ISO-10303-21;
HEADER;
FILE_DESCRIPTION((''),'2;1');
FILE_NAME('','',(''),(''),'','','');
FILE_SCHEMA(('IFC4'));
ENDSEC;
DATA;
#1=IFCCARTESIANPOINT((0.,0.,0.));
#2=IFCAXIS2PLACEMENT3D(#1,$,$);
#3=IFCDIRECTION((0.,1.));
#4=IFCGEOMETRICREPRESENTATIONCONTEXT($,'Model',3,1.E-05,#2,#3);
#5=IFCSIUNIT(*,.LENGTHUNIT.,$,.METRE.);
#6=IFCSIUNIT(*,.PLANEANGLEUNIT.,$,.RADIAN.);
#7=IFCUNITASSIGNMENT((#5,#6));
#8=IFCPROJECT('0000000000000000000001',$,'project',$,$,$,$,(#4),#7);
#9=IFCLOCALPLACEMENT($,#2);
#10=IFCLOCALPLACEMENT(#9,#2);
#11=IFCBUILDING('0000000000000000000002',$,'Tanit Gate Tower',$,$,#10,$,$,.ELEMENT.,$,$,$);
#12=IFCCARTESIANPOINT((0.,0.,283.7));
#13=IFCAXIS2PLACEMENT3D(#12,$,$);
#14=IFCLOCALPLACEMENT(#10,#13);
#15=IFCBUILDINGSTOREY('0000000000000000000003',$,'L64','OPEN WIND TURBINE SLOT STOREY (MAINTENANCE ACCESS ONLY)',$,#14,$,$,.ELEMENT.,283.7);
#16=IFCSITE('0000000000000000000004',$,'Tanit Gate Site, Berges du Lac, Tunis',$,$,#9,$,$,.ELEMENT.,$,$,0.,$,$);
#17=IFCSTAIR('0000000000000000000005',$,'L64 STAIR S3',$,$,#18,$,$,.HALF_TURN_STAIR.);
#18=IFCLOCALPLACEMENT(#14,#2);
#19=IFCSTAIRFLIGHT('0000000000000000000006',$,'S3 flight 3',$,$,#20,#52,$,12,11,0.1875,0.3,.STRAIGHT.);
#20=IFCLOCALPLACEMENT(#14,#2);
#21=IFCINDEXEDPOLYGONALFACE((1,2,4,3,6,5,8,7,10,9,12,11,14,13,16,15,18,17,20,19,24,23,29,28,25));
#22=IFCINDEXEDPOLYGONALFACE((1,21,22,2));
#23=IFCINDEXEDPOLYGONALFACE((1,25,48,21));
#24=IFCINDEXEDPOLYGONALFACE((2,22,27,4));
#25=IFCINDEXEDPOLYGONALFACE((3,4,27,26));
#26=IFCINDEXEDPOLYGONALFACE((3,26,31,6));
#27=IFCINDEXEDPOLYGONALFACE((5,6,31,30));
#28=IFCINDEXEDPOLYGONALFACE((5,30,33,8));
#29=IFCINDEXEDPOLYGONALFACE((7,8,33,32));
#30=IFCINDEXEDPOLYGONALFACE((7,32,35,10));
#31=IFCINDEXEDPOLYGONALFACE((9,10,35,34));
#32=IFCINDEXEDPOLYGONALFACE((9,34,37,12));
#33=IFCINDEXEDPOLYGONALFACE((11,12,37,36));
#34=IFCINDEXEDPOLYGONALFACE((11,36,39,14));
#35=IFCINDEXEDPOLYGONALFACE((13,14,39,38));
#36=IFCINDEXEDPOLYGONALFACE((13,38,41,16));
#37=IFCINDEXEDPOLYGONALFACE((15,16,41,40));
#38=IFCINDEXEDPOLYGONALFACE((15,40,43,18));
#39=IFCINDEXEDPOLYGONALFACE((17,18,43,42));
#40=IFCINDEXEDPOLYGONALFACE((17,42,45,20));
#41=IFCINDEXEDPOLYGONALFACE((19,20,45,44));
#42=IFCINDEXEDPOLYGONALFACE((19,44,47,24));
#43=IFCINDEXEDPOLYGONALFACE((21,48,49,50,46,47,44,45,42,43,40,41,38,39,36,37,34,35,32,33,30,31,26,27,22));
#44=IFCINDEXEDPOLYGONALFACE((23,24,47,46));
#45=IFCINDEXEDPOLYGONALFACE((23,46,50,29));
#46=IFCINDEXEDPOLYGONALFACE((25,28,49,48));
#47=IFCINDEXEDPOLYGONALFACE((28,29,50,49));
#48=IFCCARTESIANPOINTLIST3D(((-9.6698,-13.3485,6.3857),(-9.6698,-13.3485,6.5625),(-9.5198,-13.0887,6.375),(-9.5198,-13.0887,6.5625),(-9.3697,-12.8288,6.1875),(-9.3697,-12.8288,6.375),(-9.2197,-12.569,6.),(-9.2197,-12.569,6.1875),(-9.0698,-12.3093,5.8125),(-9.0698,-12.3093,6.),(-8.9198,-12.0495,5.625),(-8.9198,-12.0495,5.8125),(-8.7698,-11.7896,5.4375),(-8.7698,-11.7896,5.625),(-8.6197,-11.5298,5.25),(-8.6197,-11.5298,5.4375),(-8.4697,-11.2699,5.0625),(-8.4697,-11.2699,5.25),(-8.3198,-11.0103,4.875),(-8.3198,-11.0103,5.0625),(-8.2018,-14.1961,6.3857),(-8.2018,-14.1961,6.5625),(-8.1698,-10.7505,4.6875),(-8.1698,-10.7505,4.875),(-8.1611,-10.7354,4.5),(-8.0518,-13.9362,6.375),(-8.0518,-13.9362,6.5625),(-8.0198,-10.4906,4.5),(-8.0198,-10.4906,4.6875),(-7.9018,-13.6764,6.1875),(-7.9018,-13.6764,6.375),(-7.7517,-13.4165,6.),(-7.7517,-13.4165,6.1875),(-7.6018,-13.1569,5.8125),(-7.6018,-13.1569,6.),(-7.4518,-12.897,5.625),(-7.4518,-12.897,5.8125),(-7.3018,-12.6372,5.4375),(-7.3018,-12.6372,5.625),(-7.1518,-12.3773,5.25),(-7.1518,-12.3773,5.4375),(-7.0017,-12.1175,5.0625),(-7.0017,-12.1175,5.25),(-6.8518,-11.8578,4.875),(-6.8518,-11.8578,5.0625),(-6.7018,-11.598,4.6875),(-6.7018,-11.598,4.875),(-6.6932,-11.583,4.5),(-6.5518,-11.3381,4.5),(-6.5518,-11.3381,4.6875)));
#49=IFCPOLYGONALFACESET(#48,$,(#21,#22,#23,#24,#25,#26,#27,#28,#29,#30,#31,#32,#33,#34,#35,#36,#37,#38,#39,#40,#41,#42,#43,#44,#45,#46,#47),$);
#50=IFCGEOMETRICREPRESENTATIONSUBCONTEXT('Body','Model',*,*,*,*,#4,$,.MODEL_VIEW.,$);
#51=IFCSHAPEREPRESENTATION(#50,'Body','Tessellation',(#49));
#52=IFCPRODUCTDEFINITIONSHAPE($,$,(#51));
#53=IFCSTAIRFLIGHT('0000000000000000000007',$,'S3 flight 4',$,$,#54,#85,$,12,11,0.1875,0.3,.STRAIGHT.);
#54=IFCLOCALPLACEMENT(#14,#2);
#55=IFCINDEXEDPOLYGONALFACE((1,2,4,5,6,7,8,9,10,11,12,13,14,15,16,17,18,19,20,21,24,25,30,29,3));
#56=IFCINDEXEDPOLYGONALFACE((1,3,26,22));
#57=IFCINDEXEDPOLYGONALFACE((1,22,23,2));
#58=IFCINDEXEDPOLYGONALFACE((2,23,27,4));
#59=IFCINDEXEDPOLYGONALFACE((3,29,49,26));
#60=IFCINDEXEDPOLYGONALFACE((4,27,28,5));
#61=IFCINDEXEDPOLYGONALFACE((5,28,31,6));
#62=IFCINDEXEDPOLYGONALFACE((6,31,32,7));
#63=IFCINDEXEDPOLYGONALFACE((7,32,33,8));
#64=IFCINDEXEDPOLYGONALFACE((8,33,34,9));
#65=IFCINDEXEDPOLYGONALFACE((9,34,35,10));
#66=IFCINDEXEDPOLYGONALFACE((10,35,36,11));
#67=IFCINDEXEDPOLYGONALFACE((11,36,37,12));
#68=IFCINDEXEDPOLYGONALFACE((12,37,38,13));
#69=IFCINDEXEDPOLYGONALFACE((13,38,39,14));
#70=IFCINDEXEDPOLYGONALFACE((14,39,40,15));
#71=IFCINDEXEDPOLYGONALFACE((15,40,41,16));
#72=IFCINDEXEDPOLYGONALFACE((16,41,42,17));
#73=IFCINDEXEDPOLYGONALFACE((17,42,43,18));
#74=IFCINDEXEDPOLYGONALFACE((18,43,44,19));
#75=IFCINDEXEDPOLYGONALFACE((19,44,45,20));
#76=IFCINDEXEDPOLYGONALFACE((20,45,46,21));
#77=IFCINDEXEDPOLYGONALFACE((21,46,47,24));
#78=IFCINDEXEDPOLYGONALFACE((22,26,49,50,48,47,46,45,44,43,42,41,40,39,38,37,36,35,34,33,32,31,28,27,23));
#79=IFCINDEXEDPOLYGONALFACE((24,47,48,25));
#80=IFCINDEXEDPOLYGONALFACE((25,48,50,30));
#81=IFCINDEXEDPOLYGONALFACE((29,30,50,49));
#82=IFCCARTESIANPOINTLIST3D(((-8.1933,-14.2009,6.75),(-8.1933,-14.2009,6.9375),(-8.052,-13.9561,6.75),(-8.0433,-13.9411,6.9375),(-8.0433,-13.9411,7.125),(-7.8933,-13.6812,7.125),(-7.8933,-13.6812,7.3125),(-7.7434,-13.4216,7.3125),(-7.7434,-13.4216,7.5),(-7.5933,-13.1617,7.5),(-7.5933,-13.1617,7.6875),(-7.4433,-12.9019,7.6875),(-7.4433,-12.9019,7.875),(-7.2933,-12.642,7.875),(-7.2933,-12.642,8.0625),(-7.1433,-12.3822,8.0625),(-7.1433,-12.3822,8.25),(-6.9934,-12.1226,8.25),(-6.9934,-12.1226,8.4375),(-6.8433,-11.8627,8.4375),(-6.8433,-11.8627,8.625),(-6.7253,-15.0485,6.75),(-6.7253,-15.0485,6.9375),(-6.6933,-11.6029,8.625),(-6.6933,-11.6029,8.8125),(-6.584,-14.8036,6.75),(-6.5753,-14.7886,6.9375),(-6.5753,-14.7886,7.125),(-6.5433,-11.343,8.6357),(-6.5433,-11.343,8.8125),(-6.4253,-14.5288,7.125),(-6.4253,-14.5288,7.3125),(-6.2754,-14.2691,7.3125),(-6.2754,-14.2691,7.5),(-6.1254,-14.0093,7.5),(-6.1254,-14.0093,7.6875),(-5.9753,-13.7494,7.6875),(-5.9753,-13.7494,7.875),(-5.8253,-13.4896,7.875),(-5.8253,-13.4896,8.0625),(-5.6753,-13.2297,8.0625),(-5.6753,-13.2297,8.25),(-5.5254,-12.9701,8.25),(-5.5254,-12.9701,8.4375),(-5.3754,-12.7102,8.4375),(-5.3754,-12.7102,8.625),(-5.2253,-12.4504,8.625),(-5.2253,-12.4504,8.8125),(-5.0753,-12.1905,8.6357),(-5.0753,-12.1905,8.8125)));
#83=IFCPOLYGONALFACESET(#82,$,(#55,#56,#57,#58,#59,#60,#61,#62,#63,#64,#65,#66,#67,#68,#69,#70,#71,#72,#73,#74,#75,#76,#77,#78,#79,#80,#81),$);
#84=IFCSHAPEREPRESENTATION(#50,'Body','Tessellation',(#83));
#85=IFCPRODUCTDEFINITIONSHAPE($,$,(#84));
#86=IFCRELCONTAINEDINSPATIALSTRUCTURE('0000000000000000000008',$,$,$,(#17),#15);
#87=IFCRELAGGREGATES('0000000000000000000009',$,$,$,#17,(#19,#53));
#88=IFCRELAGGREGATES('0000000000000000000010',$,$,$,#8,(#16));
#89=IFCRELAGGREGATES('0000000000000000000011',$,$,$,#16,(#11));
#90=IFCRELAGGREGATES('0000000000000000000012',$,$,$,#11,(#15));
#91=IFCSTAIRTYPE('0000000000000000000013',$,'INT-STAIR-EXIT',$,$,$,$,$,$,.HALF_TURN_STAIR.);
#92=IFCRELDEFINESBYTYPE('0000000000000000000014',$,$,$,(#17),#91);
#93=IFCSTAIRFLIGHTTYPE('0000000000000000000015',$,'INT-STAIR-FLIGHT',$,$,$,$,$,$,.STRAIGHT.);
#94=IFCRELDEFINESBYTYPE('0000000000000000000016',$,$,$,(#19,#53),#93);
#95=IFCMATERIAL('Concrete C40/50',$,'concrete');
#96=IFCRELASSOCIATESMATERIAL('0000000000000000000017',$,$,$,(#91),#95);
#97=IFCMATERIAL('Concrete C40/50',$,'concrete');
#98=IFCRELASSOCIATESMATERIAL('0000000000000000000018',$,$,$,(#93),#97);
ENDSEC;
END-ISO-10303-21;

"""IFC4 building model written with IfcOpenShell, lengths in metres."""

from ifc_helpers import new_model, si_unit, direction, frame, origin, place, context, subcontext, project, spatial, polyline, outline, extrude, material, type_object, element, aggregate, save


model = new_model("IFC4")

# Units and contexts
model_context = context("Model", 3, precision=1e-05, world=origin(), true_north=direction((0.0, 1.0)))
body_context = subcontext(model_context, "Body", "Model", "MODEL_VIEW")
ifc_project = project(units=[si_unit("LENGTHUNIT", "METRE"), si_unit("PLANEANGLEUNIT", "RADIAN")], contexts=[model_context])

# Site, building, storey
site_placement = place(None, origin())
site = spatial("IfcSite", under=ifc_project, at=site_placement, Name="Tanit Gate Site, Berges du Lac, Tunis", CompositionType="ELEMENT", RefElevation=0.0)
building_placement = place(site_placement, origin())
building = spatial("IfcBuilding", under=site, at=building_placement, Name="Tanit Gate Tower", CompositionType="ELEMENT")
storey_placement = place(building_placement, frame((0.0, 0.0, 283.7)))
storey = spatial("IfcBuildingStorey", under=building, at=storey_placement, Name="L64", Description="OPEN WIND TURBINE SLOT STOREY (MAINTENANCE ACCESS ONLY)", CompositionType="ELEMENT", Elevation=283.7)

# Stair, stair flights
ifc_material_1 = material(Name="Concrete C40/50", Category="concrete")
stair_type = type_object("IfcStairType", Name="INT-STAIR-EXIT", PredefinedType="HALF_TURN_STAIR", material=ifc_material_1)
stair_placement = place(storey_placement, origin())
stair = element("IfcStair", 1, at=stair_placement, inside=storey, type_object=stair_type, Name="L64 STAIR S3", PredefinedType="HALF_TURN_STAIR")
ifc_material_2 = material(Name="Concrete C40/50", Category="concrete")
stair_flight_type = type_object("IfcStairFlightType", Name="INT-STAIR-FLIGHT", PredefinedType="STRAIGHT", material=ifc_material_2)
stair_flight_1_placement = place(storey_placement, frame((-7.2859, -10.9143, 4.5), z_axis=(0.0, 0.0, 1.0), x_axis=(-0.5, -0.866025, 0.0)))
stair_flight_1 = element("IfcStairFlight", 2, at=stair_flight_1_placement, type_object=stair_flight_type, Name="S3 flight 3", NumberOfRisers=12, NumberOfTreads=11, PredefinedType="STRAIGHT", RiserHeight=0.1875, TreadLength=0.3, context=body_context, shape_type="SweptSolid", body=[
    extrude(outline(polyline([(0.0, 0.0), (0.0, 0.1875), (0.3, 0.1875), (0.3, 0.375), (0.6001, 0.375), (0.6001, 0.5625), (0.8999, 0.5625), (0.8999, 0.75), (1.2, 0.75), (1.2, 0.9375), (1.5, 0.9375), (1.5, 1.125), (1.8, 1.125), (1.8, 1.3125), (2.1001, 1.3125), (2.1001, 1.5), (2.3999, 1.5), (2.3999, 1.6875), (2.7, 1.6875), (2.7, 1.875), (3.0, 1.875), (3.0, 2.0625), (3.3, 2.0625), (3.3, 2.25), (3.3, 1.8857), (0.2827, 0.0), (0.0, 0.0)])), frame((0.0, 0.8477, 0.0), z_axis=(0.0, -1.0, 0.0), x_axis=(1.0, 0.0, 0.0)), (0.0, 0.0, 1.0), 1.6951),
])
stair_flight_2_placement = place(storey_placement, frame((-7.4592, -14.6248, 6.75), z_axis=(0.0, 0.0, 1.0), x_axis=(0.5, 0.866025, 0.0)))
stair_flight_2 = element("IfcStairFlight", 3, at=stair_flight_2_placement, type_object=stair_flight_type, Name="S3 flight 4", NumberOfRisers=12, NumberOfTreads=11, PredefinedType="STRAIGHT", RiserHeight=0.1875, TreadLength=0.3, context=body_context, shape_type="SweptSolid", body=[
    extrude(outline(polyline([(0.0, 0.0), (0.0, 0.1875), (0.3, 0.1875), (0.3, 0.375), (0.6001, 0.375), (0.6001, 0.5625), (0.8999, 0.5625), (0.8999, 0.75), (1.2, 0.75), (1.2, 0.9375), (1.5, 0.9375), (1.5, 1.125), (1.8, 1.125), (1.8, 1.3125), (2.1001, 1.3125), (2.1001, 1.5), (2.3999, 1.5), (2.3999, 1.6875), (2.7, 1.6875), (2.7, 1.875), (3.0, 1.875), (3.0, 2.0625), (3.3, 2.0625), (3.3, 2.25), (3.3, 1.8857), (0.2827, 0.0), (0.0, 0.0)])), frame((0.0, 0.8477, 0.0), z_axis=(0.0, -1.0, 0.0), x_axis=(1.0, 0.0, 0.0)), (0.0, 0.0, 1.0), 1.6951),
])
aggregate(stair, [stair_flight_1, stair_flight_2])

save(model, "model.ifc")
